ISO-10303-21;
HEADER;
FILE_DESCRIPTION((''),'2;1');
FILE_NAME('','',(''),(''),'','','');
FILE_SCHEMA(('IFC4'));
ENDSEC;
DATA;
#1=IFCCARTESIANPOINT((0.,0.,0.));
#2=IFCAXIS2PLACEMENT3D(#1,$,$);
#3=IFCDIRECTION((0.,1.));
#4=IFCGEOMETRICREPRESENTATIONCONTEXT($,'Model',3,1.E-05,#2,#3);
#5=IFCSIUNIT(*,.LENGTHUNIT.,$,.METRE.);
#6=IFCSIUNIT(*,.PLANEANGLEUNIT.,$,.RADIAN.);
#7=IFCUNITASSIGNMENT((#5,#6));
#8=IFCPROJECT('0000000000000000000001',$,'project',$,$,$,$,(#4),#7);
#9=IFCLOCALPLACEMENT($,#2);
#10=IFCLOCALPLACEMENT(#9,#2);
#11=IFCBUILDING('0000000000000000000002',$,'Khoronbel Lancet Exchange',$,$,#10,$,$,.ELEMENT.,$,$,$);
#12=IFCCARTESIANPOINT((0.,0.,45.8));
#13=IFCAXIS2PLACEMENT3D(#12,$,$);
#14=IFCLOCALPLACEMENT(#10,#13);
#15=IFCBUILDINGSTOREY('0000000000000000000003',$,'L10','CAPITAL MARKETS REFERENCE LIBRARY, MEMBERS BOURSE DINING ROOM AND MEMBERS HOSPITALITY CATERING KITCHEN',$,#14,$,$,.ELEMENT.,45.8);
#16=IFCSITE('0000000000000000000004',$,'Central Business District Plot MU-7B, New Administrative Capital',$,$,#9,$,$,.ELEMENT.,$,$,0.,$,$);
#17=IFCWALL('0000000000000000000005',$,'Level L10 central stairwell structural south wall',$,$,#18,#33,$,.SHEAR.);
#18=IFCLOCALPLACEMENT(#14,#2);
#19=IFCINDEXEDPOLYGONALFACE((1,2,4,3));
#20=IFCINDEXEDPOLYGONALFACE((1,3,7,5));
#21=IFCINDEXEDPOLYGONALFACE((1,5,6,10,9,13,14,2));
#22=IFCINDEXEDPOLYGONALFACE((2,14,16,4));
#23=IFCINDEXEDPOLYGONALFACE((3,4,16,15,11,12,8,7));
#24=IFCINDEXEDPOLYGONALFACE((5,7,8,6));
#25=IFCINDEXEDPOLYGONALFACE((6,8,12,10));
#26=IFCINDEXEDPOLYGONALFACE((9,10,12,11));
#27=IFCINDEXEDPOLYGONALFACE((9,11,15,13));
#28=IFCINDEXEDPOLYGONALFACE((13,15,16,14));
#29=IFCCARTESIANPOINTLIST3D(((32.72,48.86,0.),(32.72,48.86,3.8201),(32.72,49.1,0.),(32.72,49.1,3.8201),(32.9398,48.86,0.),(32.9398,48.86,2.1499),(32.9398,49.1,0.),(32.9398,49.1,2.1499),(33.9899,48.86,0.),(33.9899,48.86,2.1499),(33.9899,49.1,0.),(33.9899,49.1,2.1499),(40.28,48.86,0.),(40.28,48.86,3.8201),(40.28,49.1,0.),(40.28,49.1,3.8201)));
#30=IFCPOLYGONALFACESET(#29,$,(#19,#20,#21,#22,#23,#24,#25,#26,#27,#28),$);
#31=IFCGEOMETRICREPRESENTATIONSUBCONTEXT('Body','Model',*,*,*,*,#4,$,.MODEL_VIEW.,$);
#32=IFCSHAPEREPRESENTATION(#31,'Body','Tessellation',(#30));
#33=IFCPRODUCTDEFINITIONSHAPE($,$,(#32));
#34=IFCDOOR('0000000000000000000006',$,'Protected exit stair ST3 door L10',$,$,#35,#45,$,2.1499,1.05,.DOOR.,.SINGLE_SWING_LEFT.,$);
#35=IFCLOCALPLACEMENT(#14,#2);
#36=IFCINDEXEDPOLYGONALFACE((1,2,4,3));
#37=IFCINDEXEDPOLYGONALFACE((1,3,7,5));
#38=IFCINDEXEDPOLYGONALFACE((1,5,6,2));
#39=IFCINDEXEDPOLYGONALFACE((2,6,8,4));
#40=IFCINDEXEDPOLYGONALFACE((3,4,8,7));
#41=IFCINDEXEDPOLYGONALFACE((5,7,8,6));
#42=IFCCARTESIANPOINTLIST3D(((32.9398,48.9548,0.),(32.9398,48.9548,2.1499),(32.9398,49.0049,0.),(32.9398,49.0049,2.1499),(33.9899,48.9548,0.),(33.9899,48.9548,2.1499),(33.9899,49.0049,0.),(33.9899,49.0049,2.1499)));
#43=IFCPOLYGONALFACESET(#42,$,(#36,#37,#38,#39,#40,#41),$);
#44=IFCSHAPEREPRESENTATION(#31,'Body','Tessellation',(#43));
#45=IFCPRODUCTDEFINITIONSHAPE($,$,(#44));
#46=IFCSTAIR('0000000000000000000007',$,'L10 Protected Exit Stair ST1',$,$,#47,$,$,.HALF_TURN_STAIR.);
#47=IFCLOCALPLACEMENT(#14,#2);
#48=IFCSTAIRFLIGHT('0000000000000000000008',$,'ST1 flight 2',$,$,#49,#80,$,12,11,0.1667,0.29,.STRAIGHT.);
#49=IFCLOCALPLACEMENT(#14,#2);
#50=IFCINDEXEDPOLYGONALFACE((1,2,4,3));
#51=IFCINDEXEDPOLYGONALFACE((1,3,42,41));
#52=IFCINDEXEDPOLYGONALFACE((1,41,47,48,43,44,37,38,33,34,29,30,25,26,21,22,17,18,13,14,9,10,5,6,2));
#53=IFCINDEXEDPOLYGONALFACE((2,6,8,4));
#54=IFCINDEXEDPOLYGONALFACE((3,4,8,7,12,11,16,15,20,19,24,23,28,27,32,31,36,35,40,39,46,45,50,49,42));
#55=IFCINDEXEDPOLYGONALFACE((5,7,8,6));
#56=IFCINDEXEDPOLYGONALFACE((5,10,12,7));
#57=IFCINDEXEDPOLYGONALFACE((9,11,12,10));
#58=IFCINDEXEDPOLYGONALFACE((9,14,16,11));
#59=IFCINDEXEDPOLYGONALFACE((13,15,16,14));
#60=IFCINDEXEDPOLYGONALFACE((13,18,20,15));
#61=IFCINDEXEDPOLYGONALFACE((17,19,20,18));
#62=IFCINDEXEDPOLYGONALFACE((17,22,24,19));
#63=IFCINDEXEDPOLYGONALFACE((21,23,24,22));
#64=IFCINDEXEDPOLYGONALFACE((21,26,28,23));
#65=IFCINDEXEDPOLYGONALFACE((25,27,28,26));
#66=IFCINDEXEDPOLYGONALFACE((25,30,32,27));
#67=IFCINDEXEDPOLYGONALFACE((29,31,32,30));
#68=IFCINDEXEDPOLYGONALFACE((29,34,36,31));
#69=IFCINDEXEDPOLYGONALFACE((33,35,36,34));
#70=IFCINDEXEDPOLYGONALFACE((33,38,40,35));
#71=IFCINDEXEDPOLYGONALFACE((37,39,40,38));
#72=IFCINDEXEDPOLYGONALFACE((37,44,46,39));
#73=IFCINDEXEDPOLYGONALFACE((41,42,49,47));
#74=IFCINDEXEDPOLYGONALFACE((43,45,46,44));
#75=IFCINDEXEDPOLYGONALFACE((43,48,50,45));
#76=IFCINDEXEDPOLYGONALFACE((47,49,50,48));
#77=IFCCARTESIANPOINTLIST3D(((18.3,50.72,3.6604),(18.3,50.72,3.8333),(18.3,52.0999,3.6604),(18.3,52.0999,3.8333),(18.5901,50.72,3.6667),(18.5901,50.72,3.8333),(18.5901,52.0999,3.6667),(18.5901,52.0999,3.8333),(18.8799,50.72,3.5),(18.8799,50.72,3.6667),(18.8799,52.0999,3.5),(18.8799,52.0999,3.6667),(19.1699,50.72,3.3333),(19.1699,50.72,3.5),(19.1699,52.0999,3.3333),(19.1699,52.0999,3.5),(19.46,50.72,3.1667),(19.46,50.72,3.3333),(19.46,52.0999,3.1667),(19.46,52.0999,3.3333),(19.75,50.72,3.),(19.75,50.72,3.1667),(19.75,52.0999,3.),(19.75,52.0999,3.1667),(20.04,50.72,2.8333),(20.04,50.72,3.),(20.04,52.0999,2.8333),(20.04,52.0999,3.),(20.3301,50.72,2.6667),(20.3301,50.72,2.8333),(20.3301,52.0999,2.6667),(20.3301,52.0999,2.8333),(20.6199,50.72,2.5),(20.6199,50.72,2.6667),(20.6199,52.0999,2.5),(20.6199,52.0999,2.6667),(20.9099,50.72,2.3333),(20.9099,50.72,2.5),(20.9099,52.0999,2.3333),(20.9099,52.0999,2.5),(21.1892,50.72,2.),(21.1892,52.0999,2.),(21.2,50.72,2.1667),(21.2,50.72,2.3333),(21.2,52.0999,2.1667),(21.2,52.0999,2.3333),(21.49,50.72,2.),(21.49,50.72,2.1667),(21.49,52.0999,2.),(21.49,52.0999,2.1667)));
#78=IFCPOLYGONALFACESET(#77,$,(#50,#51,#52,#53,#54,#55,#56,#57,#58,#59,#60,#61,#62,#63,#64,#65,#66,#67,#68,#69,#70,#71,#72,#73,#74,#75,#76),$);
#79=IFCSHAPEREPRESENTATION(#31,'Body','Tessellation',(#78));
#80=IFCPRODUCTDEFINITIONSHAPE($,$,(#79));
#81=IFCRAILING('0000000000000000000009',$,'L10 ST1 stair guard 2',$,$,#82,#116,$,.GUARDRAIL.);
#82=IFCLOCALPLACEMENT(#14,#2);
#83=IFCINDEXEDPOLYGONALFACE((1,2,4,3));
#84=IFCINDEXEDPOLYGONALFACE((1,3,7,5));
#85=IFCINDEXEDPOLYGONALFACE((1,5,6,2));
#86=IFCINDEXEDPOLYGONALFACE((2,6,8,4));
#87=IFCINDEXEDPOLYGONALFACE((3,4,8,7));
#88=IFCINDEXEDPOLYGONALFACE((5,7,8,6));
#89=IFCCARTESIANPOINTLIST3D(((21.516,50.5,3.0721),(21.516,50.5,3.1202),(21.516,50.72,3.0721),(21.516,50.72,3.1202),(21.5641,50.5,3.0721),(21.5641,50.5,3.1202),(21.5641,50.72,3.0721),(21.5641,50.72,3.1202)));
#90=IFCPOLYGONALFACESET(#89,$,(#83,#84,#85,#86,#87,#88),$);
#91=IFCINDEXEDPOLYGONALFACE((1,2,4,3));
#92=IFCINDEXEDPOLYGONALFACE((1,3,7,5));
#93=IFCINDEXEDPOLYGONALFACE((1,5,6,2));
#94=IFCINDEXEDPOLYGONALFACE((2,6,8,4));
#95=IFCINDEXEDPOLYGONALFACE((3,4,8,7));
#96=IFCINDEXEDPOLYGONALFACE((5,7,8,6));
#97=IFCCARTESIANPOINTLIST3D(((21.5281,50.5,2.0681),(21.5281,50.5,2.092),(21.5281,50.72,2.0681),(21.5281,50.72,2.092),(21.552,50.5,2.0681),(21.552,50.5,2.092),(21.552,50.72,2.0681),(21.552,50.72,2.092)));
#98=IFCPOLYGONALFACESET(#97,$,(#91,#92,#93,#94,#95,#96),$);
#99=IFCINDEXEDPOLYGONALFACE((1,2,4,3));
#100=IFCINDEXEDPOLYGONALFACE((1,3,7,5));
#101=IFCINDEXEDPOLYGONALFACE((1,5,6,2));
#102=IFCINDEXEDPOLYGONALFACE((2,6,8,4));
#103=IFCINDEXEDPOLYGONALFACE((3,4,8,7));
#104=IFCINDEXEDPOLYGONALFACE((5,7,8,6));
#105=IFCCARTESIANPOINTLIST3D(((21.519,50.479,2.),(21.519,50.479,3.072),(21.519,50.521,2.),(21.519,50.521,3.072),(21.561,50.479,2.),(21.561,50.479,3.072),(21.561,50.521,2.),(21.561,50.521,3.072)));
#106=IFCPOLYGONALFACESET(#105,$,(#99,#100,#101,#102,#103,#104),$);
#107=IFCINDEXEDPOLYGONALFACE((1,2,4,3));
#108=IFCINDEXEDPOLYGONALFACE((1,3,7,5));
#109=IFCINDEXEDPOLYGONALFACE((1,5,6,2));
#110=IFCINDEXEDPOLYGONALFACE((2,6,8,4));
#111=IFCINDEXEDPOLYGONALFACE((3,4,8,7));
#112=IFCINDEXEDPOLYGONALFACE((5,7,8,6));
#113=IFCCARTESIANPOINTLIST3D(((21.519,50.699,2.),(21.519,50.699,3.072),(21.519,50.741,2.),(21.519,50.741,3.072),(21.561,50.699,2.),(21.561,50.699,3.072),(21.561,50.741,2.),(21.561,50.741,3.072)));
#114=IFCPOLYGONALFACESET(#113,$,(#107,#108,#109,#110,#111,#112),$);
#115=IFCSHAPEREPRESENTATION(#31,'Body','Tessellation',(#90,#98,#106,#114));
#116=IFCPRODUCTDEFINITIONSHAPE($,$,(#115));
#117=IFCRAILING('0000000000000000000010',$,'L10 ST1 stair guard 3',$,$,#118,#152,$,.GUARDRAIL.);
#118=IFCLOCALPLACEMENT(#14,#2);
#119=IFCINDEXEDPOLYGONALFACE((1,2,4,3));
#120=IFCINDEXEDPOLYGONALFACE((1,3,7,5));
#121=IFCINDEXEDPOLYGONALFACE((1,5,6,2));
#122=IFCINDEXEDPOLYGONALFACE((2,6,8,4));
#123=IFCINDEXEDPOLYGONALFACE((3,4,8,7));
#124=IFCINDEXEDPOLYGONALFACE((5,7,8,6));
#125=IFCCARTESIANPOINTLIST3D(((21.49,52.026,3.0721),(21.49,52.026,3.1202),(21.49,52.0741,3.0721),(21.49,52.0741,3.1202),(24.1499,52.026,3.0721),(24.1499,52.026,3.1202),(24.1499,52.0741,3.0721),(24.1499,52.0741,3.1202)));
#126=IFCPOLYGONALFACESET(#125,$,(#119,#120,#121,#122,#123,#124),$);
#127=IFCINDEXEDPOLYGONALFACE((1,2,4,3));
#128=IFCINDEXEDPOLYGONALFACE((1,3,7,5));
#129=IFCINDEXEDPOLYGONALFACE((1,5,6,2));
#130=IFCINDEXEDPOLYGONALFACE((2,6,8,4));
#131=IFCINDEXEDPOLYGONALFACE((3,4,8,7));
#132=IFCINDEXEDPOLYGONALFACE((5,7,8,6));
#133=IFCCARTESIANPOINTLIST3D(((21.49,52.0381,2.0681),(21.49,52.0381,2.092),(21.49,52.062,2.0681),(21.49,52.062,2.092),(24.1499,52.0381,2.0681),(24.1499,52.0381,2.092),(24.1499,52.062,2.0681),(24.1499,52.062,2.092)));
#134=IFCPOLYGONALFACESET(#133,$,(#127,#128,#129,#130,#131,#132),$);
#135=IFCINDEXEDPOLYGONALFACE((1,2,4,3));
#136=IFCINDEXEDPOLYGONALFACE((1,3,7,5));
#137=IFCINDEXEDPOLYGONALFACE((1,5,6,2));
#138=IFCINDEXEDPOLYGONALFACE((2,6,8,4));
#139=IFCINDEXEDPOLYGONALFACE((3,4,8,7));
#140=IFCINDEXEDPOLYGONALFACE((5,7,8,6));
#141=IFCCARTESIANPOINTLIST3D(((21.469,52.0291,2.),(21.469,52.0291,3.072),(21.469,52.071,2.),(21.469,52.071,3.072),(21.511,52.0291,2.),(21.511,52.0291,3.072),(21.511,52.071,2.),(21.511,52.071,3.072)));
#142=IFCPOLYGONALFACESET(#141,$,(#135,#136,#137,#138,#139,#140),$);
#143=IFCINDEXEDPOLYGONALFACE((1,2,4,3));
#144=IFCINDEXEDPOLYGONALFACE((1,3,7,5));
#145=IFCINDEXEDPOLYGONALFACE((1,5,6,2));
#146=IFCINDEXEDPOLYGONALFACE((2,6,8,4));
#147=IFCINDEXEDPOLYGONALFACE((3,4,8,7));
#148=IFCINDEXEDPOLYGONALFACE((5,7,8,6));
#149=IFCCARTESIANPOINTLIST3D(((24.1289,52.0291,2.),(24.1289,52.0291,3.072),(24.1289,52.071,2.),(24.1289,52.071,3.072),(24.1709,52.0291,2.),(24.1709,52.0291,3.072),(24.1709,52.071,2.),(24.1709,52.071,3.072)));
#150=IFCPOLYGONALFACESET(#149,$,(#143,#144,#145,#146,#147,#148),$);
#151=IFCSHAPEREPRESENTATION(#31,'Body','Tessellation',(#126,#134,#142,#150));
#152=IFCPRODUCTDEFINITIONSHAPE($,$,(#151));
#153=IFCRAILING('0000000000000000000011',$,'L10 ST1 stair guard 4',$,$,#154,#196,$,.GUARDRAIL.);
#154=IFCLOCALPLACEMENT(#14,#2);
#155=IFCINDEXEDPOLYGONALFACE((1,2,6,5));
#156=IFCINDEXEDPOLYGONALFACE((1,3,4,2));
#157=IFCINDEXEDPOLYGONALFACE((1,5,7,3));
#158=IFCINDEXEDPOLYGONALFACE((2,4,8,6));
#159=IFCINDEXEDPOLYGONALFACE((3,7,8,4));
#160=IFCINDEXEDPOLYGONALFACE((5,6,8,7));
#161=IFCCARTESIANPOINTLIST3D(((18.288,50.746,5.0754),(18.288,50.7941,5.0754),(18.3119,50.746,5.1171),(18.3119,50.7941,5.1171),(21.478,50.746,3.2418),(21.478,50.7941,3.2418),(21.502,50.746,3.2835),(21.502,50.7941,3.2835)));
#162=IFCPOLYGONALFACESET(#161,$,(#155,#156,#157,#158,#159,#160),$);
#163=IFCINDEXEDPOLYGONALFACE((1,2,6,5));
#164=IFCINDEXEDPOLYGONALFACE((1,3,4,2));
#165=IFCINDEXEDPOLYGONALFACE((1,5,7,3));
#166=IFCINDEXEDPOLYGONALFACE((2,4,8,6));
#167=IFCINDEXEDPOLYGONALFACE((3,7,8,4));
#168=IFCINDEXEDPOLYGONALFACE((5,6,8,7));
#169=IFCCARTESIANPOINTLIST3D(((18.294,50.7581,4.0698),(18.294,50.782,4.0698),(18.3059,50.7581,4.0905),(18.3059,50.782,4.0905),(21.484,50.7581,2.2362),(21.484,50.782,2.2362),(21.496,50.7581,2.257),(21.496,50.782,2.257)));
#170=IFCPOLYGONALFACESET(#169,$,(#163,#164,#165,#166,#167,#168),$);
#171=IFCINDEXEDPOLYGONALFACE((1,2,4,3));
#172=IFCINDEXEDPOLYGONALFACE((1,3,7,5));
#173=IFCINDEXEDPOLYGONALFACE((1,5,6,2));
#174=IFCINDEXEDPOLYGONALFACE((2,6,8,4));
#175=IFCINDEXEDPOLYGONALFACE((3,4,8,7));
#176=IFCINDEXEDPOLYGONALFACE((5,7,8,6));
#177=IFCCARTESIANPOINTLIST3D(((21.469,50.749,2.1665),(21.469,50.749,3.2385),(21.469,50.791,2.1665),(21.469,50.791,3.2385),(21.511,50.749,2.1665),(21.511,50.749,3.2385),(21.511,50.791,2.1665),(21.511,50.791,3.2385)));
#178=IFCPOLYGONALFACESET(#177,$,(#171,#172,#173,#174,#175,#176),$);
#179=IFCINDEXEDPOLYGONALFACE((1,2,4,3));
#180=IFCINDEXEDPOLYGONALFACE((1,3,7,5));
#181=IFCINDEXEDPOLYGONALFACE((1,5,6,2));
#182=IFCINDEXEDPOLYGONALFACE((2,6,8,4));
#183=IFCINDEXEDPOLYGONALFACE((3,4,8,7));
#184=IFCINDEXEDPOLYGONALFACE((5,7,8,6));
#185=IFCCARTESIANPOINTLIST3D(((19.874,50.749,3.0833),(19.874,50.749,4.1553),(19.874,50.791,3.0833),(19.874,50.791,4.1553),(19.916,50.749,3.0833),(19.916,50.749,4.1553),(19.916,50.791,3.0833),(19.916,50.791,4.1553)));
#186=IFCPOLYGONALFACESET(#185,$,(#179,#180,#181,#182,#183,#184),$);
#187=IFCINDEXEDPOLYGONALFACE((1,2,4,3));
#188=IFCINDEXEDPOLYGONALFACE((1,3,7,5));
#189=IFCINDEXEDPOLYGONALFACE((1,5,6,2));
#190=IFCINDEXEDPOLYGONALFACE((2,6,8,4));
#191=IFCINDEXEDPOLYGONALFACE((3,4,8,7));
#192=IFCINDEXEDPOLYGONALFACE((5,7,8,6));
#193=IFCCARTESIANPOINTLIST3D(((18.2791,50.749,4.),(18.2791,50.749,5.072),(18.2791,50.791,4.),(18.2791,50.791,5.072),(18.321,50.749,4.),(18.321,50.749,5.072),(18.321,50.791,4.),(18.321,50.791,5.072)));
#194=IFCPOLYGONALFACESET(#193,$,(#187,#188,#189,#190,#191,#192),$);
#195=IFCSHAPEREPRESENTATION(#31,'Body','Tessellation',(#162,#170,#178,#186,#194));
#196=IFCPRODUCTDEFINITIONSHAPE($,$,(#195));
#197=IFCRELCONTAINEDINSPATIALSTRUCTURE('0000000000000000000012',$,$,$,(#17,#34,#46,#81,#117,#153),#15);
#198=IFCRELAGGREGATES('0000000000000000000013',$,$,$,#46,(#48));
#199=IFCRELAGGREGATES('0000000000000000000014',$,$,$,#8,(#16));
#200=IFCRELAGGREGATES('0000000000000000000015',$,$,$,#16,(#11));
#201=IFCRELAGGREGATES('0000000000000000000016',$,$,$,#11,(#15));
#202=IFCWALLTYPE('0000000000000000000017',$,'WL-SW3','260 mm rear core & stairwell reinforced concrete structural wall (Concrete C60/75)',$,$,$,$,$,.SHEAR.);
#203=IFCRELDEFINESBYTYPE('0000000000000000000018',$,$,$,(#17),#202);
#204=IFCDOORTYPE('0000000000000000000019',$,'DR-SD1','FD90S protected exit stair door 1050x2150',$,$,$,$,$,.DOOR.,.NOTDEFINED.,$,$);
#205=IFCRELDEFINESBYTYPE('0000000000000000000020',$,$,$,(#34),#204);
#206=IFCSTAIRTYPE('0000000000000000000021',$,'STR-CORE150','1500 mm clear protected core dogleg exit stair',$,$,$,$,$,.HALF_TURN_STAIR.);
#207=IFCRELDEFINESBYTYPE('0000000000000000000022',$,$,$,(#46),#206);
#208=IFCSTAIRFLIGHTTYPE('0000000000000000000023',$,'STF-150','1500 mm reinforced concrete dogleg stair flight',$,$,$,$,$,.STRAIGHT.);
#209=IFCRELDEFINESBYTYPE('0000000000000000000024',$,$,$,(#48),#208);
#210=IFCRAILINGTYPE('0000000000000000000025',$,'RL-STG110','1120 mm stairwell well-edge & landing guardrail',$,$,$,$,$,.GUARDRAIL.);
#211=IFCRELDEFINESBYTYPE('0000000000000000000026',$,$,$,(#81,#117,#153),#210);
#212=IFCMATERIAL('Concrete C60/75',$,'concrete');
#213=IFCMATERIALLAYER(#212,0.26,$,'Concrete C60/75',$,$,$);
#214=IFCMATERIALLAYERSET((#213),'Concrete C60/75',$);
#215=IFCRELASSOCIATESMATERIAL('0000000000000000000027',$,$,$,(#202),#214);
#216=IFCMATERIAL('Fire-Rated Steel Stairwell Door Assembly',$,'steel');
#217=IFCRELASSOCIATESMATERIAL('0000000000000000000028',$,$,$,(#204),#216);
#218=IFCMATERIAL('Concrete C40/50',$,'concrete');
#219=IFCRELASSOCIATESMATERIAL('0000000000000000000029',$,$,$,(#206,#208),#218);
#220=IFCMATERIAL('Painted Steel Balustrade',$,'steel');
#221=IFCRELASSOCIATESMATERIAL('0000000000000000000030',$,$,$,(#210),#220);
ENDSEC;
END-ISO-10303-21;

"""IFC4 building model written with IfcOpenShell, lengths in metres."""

from ifc_helpers import new_model, si_unit, direction, frame, frame_2d, origin, origin_2d, place, context, subcontext, project, spatial, polyline, rectangle, outline, extrude, material, layer, layer_set, type_object, element, fill, aggregate, save


model = new_model("IFC4")

# Units and contexts
model_context = context("Model", 3, precision=1e-05, world=origin(), true_north=direction((0.0, 1.0)))
body_context = subcontext(model_context, "Body", "Model", "MODEL_VIEW")
ifc_project = project(units=[si_unit("LENGTHUNIT", "METRE"), si_unit("PLANEANGLEUNIT", "RADIAN")], contexts=[model_context])

# Site, building, storey
site_placement = place(None, origin())
site = spatial("IfcSite", under=ifc_project, at=site_placement, Name="Central Business District Plot MU-7B, New Administrative Capital", CompositionType="ELEMENT", RefElevation=0.0)
building_placement = place(site_placement, origin())
building = spatial("IfcBuilding", under=site, at=building_placement, Name="Khoronbel Lancet Exchange", CompositionType="ELEMENT")
storey_placement = place(building_placement, frame((0.0, 0.0, 45.8)))
storey = spatial("IfcBuildingStorey", under=building, at=storey_placement, Name="L10", Description="CAPITAL MARKETS REFERENCE LIBRARY, MEMBERS BOURSE DINING ROOM AND MEMBERS HOSPITALITY CATERING KITCHEN", CompositionType="ELEMENT", Elevation=45.8)

# Shared definitions
ifc_material_1 = material(Name="Concrete C60/75", Category="concrete")
ifc_layer_1 = layer(ifc_material_1, 0.26, Name="Concrete C60/75")
ifc_layer_set_1 = layer_set([ifc_layer_1], Name="Concrete C60/75")
wall_type_1 = type_object("IfcWallType", Name="WL-SW3", Description="260 mm rear core & stairwell reinforced concrete structural wall (Concrete C60/75)", PredefinedType="SHEAR", material=ifc_layer_set_1)

# Wall, opening, door
wall_1_placement = place(storey_placement, frame((32.72, 48.98, 0.0), z_axis=(0.0, 0.0, 1.0), x_axis=(1.0, 0.0, 0.0)))
wall_1 = element("IfcWall", 1, at=wall_1_placement, inside=storey, type_object=wall_type_1, Name="Level L10 central stairwell structural south wall", PredefinedType="SHEAR", context=body_context, shape_type="SweptSolid", body=[
    extrude(rectangle(XDim=7.5601, YDim=0.24, at=frame_2d((3.78, 0.0))), origin(), (0.0, 0.0, 1.0), 3.8201),
])
opening_1_placement = place(wall_1_placement, frame((0.22, 0.0, 0.0)))
opening_1 = element("IfcOpeningElement", 2, at=opening_1_placement, cuts=wall_1, PredefinedType="OPENING", context=body_context, shape_type="SweptSolid", body=[
    extrude(rectangle(XDim=1.05, YDim=2.1499, at=frame_2d((0.5249, 1.075))), frame((0.0, 0.1299, 0.0), z_axis=(0.0, -1.0, 0.0), x_axis=(1.0, 0.0, 0.0)), (0.0, 0.0, 1.0), 0.26),
])
ifc_material_2 = material(Name="Fire-Rated Steel Stairwell Door Assembly", Category="steel")
door_type_1 = type_object("IfcDoorType", Name="DR-SD1", Description="FD90S protected exit stair door 1050x2150", OperationType="NOTDEFINED", PredefinedType="DOOR", material=ifc_material_2)
door_1_placement = place(opening_1_placement, origin())
door_1 = element("IfcDoor", 3, at=door_1_placement, inside=storey, type_object=door_type_1, Name="Protected exit stair ST3 door L10", OperationType="SINGLE_SWING_LEFT", OverallHeight=2.1499, OverallWidth=1.05, PredefinedType="DOOR", context=body_context, shape_type="SweptSolid", body=[
    extrude(rectangle(XDim=1.05, YDim=2.1499, at=frame_2d((0.5249, 1.075))), frame((0.0, 0.0249, 0.0), z_axis=(0.0, -1.0, 0.0), x_axis=(1.0, 0.0, 0.0)), (0.0, 0.0, 1.0), 0.05),
])
fill(opening_1, door_1)

# Stair, stair flight
ifc_material_3 = material(Name="Concrete C40/50", Category="concrete")
stair_type = type_object("IfcStairType", Name="STR-CORE150", Description="1500 mm clear protected core dogleg exit stair", PredefinedType="HALF_TURN_STAIR", material=ifc_material_3)
stair_placement = place(storey_placement, origin())
stair = element("IfcStair", 4, at=stair_placement, inside=storey, type_object=stair_type, Name="L10 Protected Exit Stair ST1", PredefinedType="HALF_TURN_STAIR")
stair_flight_type = type_object("IfcStairFlightType", Name="STF-150", Description="1500 mm reinforced concrete dogleg stair flight", PredefinedType="STRAIGHT", material=ifc_material_3)
stair_flight_placement = place(storey_placement, frame((21.49, 51.4099, 2.0), z_axis=(0.0, 0.0, 1.0), x_axis=(-1.0, 0.0, 0.0)))
stair_flight = element("IfcStairFlight", 5, at=stair_flight_placement, type_object=stair_flight_type, Name="ST1 flight 2", NumberOfRisers=12, NumberOfTreads=11, PredefinedType="STRAIGHT", RiserHeight=0.1667, TreadLength=0.29, context=body_context, shape_type="SweptSolid", body=[
    extrude(outline(polyline([(0.0, 0.0), (0.0, 0.1667), (0.29, 0.1667), (0.29, 0.3333), (0.5801, 0.3333), (0.5801, 0.5), (0.8701, 0.5), (0.8701, 0.6667), (1.1599, 0.6667), (1.1599, 0.8333), (1.45, 0.8333), (1.45, 1.0), (1.74, 1.0), (1.74, 1.1667), (2.03, 1.1667), (2.03, 1.3333), (2.3201, 1.3333), (2.3201, 1.5), (2.6101, 1.5), (2.6101, 1.6667), (2.8999, 1.6667), (2.8999, 1.8333), (3.1899, 1.8333), (3.1899, 2.0), (3.1899, 1.6604), (0.3008, 0.0), (0.0, 0.0)])), frame((0.0, 0.6899, 0.0), z_axis=(0.0, -1.0, 0.0), x_axis=(1.0, 0.0, 0.0)), (0.0, 0.0, 1.0), 1.3799),
])
aggregate(stair, [stair_flight])

# Railings
ifc_material_4 = material(Name="Painted Steel Balustrade", Category="steel")
railing_type_1 = type_object("IfcRailingType", Name="RL-STG110", Description="1120 mm stairwell well-edge & landing guardrail", PredefinedType="GUARDRAIL", material=ifc_material_4)
railing_1_placement = place(storey_placement, frame((21.54, 50.5, 2.0)))
element("IfcRailing", 6, at=railing_1_placement, inside=storey, type_object=railing_type_1, Name="L10 ST1 stair guard 2", PredefinedType="GUARDRAIL", context=body_context, shape_type="SweptSolid", body=[
    extrude(rectangle(XDim=0.0481, YDim=0.0481, at=origin_2d()), frame((0.0, 0.0, 1.0962), z_axis=(0.0, 1.0, 0.0), x_axis=(-1.0, 0.0, 0.0)), (0.0, 0.0, 1.0), 0.22),
    extrude(rectangle(XDim=0.0239, YDim=0.0239, at=origin_2d()), frame((0.0, 0.0, 0.0801), z_axis=(0.0, 1.0, 0.0), x_axis=(-1.0, 0.0, 0.0)), (0.0, 0.0, 1.0), 0.22),
    extrude(rectangle(XDim=0.042, YDim=0.042, at=origin_2d()), origin(), (0.0, 0.0, 1.0), 1.072),
    extrude(rectangle(XDim=0.042, YDim=0.042, at=origin_2d()), frame((0.0, 0.22, 0.0)), (0.0, 0.0, 1.0), 1.072),
])
railing_2_placement = place(storey_placement, frame((21.49, 52.05, 2.0)))
element("IfcRailing", 7, at=railing_2_placement, inside=storey, type_object=railing_type_1, Name="L10 ST1 stair guard 3", PredefinedType="GUARDRAIL", context=body_context, shape_type="SweptSolid", body=[
    extrude(rectangle(XDim=0.0481, YDim=0.0481, at=origin_2d()), frame((0.0, 0.0, 1.0962), z_axis=(1.0, 0.0, 0.0), x_axis=(0.0, 1.0, 0.0)), (0.0, 0.0, 1.0), 2.6599),
    extrude(rectangle(XDim=0.0239, YDim=0.0239, at=origin_2d()), frame((0.0, 0.0, 0.0801), z_axis=(1.0, 0.0, 0.0), x_axis=(0.0, 1.0, 0.0)), (0.0, 0.0, 1.0), 2.6599),
    extrude(rectangle(XDim=0.042, YDim=0.042, at=origin_2d()), origin(), (0.0, 0.0, 1.0), 1.072),
    extrude(rectangle(XDim=0.042, YDim=0.042, at=origin_2d()), frame((2.6599, 0.0, 0.0)), (0.0, 0.0, 1.0), 1.072),
])
railing_3_placement = place(storey_placement, frame((21.49, 50.77, 2.1665)))
element("IfcRailing", 8, at=railing_3_placement, inside=storey, type_object=railing_type_1, Name="L10 ST1 stair guard 4", PredefinedType="GUARDRAIL", context=body_context, shape_type="SweptSolid", body=[
    extrude(rectangle(XDim=0.0481, YDim=0.0481, at=origin_2d()), frame((0.0, 0.0, 1.0962), z_axis=(-0.866991, 0.0, 0.498324), x_axis=(0.0, -1.0, 0.0)), (0.0, 0.0, 1.0), 3.6794),
    extrude(rectangle(XDim=0.0239, YDim=0.0239, at=origin_2d()), frame((0.0, 0.0, 0.0801), z_axis=(-0.866991, 0.0, 0.498324), x_axis=(0.0, -1.0, 0.0)), (0.0, 0.0, 1.0), 3.6794),
    extrude(rectangle(XDim=0.042, YDim=0.042, at=origin_2d()), origin(), (0.0, 0.0, 1.0), 1.072),
    extrude(rectangle(XDim=0.042, YDim=0.042, at=origin_2d()), frame((-1.595, 0.0, 0.9167)), (0.0, 0.0, 1.0), 1.072),
    extrude(rectangle(XDim=0.042, YDim=0.042, at=origin_2d()), frame((-3.1899, 0.0, 1.8335)), (0.0, 0.0, 1.0), 1.072),
])

save(model, "model.ifc")
